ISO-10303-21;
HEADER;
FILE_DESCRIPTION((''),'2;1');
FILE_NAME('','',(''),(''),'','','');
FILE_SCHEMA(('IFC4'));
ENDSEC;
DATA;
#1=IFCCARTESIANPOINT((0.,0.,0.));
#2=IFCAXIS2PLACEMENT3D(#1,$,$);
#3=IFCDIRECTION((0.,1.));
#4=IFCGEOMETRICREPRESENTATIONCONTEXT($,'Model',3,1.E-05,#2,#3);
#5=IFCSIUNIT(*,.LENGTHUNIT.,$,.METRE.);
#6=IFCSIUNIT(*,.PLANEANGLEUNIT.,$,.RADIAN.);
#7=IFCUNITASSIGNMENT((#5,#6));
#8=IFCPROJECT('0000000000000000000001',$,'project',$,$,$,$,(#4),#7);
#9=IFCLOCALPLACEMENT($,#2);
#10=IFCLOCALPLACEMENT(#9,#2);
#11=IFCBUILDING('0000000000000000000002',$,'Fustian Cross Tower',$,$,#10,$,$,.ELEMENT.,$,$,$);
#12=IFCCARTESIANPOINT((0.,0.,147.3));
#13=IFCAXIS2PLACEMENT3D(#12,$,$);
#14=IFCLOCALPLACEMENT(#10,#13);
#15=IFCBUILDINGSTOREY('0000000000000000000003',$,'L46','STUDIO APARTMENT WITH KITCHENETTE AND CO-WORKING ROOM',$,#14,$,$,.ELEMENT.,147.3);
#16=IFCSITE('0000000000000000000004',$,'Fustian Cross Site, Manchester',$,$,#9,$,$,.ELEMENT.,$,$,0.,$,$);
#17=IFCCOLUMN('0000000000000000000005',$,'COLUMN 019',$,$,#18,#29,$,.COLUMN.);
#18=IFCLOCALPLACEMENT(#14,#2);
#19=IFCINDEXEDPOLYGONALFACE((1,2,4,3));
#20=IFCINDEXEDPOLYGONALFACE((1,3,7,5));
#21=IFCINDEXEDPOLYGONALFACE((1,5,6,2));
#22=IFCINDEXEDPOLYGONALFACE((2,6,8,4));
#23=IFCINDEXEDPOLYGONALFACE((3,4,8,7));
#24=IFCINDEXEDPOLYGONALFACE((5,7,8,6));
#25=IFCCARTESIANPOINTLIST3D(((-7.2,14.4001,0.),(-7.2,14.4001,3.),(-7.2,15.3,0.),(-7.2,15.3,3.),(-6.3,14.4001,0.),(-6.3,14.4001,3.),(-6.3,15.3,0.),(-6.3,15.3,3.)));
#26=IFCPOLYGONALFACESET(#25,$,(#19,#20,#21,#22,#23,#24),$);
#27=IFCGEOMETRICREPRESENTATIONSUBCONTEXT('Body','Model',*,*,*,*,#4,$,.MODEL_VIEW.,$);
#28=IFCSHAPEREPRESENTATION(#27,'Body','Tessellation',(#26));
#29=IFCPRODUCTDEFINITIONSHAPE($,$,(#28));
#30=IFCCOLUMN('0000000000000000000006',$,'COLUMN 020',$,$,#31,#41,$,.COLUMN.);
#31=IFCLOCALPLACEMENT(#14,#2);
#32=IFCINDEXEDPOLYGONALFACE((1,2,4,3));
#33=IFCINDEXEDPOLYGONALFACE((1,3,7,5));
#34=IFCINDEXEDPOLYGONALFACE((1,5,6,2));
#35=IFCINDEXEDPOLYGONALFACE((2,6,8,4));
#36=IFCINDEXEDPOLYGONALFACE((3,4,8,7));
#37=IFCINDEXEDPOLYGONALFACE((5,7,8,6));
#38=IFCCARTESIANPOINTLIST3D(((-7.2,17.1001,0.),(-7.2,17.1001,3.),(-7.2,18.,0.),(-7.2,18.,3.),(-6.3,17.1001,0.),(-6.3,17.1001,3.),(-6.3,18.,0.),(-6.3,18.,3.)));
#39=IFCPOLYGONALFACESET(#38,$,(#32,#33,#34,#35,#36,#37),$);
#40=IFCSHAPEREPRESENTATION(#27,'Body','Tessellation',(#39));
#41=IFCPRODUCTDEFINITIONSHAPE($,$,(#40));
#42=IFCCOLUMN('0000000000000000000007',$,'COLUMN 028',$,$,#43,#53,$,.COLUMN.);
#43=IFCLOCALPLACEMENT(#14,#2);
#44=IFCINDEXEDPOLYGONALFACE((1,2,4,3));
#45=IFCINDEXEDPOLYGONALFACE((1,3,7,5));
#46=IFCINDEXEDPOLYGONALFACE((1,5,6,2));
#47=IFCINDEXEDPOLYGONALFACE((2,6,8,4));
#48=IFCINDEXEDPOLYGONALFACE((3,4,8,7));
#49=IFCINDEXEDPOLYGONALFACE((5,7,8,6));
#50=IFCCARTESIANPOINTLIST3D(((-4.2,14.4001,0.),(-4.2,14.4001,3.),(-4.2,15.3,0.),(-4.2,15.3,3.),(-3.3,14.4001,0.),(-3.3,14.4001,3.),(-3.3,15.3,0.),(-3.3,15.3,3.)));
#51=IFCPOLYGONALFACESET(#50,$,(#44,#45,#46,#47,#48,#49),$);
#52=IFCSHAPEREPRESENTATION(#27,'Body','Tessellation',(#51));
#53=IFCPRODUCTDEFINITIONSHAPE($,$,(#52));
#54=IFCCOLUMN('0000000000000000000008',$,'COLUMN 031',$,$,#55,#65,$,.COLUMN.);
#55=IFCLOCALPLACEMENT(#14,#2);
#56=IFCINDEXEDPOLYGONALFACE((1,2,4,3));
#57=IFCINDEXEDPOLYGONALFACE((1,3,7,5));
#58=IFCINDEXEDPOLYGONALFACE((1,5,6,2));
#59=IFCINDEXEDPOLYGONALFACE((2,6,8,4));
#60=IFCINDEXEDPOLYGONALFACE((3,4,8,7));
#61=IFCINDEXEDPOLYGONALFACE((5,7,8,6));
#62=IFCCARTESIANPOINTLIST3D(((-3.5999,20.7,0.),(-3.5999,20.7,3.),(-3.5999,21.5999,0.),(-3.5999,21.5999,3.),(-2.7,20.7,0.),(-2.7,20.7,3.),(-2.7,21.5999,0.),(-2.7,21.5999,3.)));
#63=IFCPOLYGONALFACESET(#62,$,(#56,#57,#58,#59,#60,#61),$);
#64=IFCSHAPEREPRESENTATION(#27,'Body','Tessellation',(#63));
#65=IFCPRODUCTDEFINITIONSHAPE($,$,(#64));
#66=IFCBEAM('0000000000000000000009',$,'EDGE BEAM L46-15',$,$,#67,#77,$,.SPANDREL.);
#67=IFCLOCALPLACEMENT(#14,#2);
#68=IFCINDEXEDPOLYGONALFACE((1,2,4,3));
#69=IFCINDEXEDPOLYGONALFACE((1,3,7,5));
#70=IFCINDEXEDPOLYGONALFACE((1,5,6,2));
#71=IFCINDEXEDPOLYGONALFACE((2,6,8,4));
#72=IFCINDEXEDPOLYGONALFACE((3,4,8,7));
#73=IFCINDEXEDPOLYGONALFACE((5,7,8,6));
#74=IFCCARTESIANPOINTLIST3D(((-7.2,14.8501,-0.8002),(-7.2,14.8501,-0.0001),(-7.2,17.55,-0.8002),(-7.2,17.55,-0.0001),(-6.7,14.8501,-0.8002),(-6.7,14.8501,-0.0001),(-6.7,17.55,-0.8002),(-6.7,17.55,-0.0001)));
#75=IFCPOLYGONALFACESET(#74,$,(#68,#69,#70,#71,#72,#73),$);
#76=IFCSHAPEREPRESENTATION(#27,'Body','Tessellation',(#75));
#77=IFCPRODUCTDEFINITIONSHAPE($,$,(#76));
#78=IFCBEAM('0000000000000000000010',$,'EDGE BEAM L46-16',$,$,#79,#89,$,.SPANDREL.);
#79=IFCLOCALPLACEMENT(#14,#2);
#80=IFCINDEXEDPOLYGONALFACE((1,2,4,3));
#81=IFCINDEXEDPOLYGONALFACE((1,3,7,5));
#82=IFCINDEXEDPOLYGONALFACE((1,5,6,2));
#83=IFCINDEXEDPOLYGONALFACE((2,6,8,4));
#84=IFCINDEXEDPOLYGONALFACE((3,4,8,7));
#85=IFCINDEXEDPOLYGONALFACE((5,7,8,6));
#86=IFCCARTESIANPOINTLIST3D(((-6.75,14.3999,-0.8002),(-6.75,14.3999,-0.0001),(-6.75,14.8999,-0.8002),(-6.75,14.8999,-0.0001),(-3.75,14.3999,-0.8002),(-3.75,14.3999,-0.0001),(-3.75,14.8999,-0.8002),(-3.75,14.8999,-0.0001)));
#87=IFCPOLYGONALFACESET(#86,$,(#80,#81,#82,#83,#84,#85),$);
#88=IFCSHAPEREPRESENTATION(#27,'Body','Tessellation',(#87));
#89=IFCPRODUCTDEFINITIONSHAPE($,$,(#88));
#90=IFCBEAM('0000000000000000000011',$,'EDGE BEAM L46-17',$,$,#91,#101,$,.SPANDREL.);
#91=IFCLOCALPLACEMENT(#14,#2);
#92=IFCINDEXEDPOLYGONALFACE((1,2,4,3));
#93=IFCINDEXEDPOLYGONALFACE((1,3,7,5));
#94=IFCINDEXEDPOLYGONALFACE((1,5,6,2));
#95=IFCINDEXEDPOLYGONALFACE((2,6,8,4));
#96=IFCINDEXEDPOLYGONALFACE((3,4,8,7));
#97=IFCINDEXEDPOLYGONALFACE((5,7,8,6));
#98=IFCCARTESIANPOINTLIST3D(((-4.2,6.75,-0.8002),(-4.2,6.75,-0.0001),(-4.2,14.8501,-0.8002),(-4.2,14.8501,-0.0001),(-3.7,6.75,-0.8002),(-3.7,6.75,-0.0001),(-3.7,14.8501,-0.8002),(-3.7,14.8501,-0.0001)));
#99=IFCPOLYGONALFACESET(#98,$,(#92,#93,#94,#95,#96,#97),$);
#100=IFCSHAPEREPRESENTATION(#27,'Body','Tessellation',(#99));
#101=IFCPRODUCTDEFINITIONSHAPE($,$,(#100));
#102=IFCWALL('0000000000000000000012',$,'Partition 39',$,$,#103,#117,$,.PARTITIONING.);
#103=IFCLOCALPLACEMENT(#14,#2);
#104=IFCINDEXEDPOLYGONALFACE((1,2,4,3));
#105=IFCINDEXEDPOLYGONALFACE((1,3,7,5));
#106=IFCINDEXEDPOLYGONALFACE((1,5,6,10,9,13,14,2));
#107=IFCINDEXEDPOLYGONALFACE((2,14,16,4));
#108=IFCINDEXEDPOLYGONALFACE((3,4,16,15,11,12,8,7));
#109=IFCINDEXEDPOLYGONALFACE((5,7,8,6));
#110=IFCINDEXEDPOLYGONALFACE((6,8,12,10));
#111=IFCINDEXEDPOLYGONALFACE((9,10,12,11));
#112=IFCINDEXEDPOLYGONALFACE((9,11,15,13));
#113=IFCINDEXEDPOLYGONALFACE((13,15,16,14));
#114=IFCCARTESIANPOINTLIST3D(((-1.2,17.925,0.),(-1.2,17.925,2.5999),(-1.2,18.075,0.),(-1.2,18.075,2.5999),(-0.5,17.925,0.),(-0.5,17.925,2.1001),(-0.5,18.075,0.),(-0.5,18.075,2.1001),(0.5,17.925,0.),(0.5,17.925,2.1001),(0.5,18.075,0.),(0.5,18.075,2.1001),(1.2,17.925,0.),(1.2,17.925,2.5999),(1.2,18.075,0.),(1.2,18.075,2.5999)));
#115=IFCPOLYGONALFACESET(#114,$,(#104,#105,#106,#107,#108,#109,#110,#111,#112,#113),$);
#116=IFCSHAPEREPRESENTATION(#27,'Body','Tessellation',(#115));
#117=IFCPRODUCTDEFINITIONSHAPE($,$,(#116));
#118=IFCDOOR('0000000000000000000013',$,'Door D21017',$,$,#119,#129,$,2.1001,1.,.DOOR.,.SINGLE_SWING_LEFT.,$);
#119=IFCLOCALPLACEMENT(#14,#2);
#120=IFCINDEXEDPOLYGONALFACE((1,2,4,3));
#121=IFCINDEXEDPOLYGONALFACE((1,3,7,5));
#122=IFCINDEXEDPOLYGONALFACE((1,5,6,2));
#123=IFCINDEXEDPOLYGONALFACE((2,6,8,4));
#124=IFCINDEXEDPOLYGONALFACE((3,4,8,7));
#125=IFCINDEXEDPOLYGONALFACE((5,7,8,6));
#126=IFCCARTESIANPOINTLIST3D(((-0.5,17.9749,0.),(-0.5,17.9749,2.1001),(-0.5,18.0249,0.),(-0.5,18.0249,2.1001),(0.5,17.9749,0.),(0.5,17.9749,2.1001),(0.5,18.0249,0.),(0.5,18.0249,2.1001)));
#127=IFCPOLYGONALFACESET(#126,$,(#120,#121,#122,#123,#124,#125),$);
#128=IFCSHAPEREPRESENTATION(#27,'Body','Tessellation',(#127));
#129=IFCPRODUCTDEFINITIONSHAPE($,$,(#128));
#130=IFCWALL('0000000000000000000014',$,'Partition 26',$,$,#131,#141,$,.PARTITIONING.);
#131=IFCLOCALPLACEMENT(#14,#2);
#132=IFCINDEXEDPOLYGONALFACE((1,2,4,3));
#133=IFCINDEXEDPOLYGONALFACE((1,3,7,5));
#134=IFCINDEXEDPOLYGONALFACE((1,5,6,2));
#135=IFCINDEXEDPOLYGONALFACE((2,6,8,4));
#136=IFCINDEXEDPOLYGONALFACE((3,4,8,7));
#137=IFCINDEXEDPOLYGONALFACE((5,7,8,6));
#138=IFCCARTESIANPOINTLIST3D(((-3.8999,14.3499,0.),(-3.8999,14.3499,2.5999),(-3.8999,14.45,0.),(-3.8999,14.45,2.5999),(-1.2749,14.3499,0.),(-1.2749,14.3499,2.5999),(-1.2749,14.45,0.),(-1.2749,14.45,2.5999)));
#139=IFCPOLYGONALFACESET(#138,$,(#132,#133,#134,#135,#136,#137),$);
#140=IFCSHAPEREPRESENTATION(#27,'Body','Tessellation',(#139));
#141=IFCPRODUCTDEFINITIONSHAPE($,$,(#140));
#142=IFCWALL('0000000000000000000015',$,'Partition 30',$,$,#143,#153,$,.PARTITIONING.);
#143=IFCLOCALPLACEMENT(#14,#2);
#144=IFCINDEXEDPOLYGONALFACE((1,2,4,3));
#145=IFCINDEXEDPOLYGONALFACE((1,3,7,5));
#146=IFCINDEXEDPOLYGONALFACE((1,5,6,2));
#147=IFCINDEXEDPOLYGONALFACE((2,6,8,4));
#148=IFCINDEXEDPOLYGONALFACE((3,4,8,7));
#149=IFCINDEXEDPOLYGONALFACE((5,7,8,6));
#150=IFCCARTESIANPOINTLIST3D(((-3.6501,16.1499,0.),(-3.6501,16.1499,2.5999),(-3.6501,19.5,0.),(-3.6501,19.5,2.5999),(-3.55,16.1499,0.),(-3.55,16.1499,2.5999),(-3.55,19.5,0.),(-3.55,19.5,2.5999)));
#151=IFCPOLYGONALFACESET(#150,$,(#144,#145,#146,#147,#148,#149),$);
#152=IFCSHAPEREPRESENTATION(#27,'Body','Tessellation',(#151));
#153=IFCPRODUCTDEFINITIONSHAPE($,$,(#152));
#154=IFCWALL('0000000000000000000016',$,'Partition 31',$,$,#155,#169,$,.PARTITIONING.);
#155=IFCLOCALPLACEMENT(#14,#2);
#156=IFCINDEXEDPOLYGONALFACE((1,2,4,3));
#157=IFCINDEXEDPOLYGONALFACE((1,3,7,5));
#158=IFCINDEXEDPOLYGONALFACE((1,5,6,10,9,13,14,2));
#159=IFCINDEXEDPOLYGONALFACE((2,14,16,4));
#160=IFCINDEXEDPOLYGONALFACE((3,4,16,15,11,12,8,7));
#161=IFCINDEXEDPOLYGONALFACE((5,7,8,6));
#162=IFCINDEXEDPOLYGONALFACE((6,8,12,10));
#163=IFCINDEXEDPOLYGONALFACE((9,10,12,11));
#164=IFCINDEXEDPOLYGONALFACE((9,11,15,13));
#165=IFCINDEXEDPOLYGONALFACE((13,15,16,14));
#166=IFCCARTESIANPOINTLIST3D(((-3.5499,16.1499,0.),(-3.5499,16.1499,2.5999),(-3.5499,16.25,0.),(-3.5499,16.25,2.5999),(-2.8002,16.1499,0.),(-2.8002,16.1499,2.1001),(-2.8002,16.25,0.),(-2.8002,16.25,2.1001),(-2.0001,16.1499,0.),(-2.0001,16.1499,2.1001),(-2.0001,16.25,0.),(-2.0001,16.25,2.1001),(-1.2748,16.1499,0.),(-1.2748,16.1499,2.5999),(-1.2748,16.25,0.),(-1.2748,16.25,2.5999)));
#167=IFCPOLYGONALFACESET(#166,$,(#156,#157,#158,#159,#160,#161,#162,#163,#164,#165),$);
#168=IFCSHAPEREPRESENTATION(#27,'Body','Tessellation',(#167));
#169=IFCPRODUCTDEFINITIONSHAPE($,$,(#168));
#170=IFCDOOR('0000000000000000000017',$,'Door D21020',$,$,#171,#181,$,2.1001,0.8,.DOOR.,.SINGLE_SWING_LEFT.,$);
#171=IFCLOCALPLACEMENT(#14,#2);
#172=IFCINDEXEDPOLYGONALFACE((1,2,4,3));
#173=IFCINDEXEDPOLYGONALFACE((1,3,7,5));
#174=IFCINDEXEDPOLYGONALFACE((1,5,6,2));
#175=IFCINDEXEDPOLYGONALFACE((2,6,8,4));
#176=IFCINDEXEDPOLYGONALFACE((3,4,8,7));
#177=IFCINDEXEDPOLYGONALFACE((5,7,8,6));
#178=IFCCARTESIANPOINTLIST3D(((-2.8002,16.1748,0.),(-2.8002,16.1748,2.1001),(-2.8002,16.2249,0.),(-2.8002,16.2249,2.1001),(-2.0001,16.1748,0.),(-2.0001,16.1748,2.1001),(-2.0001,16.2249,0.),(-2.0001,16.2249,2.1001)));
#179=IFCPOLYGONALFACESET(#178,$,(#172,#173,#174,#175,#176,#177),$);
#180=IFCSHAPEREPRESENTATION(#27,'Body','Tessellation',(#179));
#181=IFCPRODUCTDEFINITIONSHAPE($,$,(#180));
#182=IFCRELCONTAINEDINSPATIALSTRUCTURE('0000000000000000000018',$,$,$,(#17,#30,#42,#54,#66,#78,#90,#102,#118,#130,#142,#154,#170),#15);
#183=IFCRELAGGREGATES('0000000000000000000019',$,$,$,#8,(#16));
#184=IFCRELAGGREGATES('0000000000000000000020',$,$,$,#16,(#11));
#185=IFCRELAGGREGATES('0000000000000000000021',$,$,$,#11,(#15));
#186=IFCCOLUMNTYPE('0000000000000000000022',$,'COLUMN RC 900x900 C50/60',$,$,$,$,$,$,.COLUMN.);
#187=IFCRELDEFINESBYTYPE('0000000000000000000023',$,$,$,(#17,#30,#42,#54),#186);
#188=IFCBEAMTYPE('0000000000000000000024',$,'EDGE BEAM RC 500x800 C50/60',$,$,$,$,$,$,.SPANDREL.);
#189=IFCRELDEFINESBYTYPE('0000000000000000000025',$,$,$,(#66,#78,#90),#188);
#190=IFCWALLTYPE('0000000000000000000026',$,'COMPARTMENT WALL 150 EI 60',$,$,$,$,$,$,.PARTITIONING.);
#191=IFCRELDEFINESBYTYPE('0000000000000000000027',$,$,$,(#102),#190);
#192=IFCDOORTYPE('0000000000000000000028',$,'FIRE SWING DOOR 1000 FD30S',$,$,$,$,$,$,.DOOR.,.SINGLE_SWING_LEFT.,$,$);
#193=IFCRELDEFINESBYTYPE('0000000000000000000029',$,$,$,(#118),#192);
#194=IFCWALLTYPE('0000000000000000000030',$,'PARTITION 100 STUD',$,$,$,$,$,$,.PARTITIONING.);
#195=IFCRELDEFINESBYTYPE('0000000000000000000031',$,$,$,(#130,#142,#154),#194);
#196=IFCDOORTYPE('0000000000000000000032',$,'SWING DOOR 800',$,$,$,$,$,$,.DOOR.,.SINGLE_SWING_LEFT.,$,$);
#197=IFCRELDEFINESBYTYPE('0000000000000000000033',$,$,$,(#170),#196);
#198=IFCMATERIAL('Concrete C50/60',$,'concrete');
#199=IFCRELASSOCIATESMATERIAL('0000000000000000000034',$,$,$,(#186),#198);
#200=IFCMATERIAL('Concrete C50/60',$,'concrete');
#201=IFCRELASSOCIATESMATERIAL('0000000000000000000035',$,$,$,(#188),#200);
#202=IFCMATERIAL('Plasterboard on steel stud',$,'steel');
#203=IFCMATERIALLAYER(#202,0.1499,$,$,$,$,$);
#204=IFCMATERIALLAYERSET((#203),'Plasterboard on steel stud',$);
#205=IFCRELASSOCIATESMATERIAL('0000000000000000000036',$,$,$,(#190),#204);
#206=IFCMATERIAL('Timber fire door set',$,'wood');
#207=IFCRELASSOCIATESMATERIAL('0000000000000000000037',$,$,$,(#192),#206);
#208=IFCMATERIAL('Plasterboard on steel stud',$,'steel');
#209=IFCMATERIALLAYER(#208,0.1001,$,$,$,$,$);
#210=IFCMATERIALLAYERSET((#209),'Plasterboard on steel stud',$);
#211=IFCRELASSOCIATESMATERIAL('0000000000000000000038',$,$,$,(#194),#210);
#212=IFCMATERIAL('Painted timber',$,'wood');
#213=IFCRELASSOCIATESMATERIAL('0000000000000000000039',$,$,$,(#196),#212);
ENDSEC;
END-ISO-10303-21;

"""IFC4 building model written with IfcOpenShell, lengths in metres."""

from ifc_helpers import new_model, si_unit, direction, frame, frame_2d, origin, origin_2d, place, context, subcontext, project, spatial, rectangle, extrude, material, layer, layer_set, material_profile, profile_set, type_object, element, fill, save


model = new_model("IFC4")

# Units and contexts
model_context = context("Model", 3, precision=1e-05, world=origin(), true_north=direction((0.0, 1.0)))
body_context = subcontext(model_context, "Body", "Model", "MODEL_VIEW")
ifc_project = project(units=[si_unit("LENGTHUNIT", "METRE"), si_unit("PLANEANGLEUNIT", "RADIAN")], contexts=[model_context])

# Site, building, storey
site_placement = place(None, origin())
site = spatial("IfcSite", under=ifc_project, at=site_placement, Name="Fustian Cross Site, Manchester", CompositionType="ELEMENT", RefElevation=0.0)
building_placement = place(site_placement, origin())
building = spatial("IfcBuilding", under=site, at=building_placement, Name="Fustian Cross Tower", CompositionType="ELEMENT")
storey_placement = place(building_placement, frame((0.0, 0.0, 147.3)))
storey = spatial("IfcBuildingStorey", under=building, at=storey_placement, Name="L46", Description="STUDIO APARTMENT WITH KITCHENETTE AND CO-WORKING ROOM", CompositionType="ELEMENT", Elevation=147.3)

# Columns
ifc_material_1 = material(Name="Concrete C50/60", Category="concrete")
ifc_material_profile_1 = material_profile(ifc_material_1, rectangle(XDim=0.8999, YDim=0.8999, at=origin_2d()), Name="RC 900x900")
ifc_profile_set_1 = profile_set([ifc_material_profile_1], Name="Concrete C50/60")
column_type = type_object("IfcColumnType", Name="COLUMN RC 900x900 C50/60", PredefinedType="COLUMN", material=ifc_profile_set_1)
for number, where, z_axis, x_axis, name in (
    (1, (-6.75, 14.8501, 0.0), (0.0, 0.0, 1.0), (1.0, 0.0, 0.0), "COLUMN 019"),
    (2, (-6.75, 17.55, 0.0), (0.0, 0.0, 1.0), (1.0, 0.0, 0.0), "COLUMN 020"),
    (3, (-3.75, 14.8501, 0.0), (0.0, 0.0, 1.0), (1.0, 0.0, 0.0), "COLUMN 028"),
    (4, (-3.1499, 21.1499, 0.0), (0.0, 0.0, 1.0), (1.0, 0.0, 0.0), "COLUMN 031"),
):
    element("IfcColumn", number, at=place(storey_placement, frame(where, z_axis=z_axis, x_axis=x_axis)), inside=storey, type_object=column_type, Name=name, PredefinedType="COLUMN", context=body_context, shape_type="SweptSolid", body=[
        extrude(rectangle(XDim=0.8999, YDim=0.8999, at=origin_2d()), origin(), (0.0, 0.0, 1.0), 3.0),
    ])

# Beams
ifc_material_2 = material(Name="Concrete C50/60", Category="concrete")
ifc_material_profile_2 = material_profile(ifc_material_2, rectangle(XDim=0.5, YDim=0.8, at=origin_2d()), Name="RC 500x800")
ifc_profile_set_2 = profile_set([ifc_material_profile_2], Name="Concrete C50/60")
beam_type = type_object("IfcBeamType", Name="EDGE BEAM RC 500x800 C50/60", PredefinedType="SPANDREL", material=ifc_profile_set_2)
beam_1_placement = place(storey_placement, frame((-6.95, 17.55, -0.4001), z_axis=(0.0, -1.0, 0.0), x_axis=(1.0, 0.0, 0.0)))
element("IfcBeam", 5, at=beam_1_placement, inside=storey, type_object=beam_type, Name="EDGE BEAM L46-15", PredefinedType="SPANDREL", context=body_context, shape_type="SweptSolid", body=[
    extrude(rectangle(XDim=0.5, YDim=0.8, at=origin_2d()), origin(), (0.0, 0.0, 1.0), 2.7),
])
beam_2_placement = place(storey_placement, frame((-6.75, 14.6499, -0.4001), z_axis=(1.0, 0.0, 0.0), x_axis=(0.0, 1.0, 0.0)))
element("IfcBeam", 6, at=beam_2_placement, inside=storey, type_object=beam_type, Name="EDGE BEAM L46-16", PredefinedType="SPANDREL", context=body_context, shape_type="SweptSolid", body=[
    extrude(rectangle(XDim=0.5, YDim=0.8, at=origin_2d()), origin(), (0.0, 0.0, 1.0), 3.0),
])
beam_3_placement = place(storey_placement, frame((-3.95, 14.8501, -0.4001), z_axis=(0.0, -1.0, 0.0), x_axis=(1.0, 0.0, 0.0)))
element("IfcBeam", 7, at=beam_3_placement, inside=storey, type_object=beam_type, Name="EDGE BEAM L46-17", PredefinedType="SPANDREL", context=body_context, shape_type="SweptSolid", body=[
    extrude(rectangle(XDim=0.5, YDim=0.8, at=origin_2d()), origin(), (0.0, 0.0, 1.0), 8.1001),
])

# Wall, opening, door
ifc_material_3 = material(Name="Plasterboard on steel stud", Category="steel")
ifc_layer_1 = layer(ifc_material_3, 0.1499)
ifc_layer_set_1 = layer_set([ifc_layer_1], Name="Plasterboard on steel stud")
wall_type_1 = type_object("IfcWallType", Name="COMPARTMENT WALL 150 EI 60", PredefinedType="PARTITIONING", material=ifc_layer_set_1)
wall_1_placement = place(storey_placement, frame((-1.2, 18.0, 0.0), z_axis=(0.0, 0.0, 1.0), x_axis=(1.0, 0.0, 0.0)))
wall_1 = element("IfcWall", 8, at=wall_1_placement, inside=storey, type_object=wall_type_1, Name="Partition 39", PredefinedType="PARTITIONING", context=body_context, shape_type="SweptSolid", body=[
    extrude(rectangle(XDim=2.3999, YDim=0.1499, at=frame_2d((1.2, 0.0))), origin(), (0.0, 0.0, 1.0), 2.5999),
])
opening_1_placement = place(wall_1_placement, frame((0.7, 0.0, 0.0)))
opening_1 = element("IfcOpeningElement", 9, at=opening_1_placement, cuts=wall_1, PredefinedType="OPENING", context=body_context, shape_type="SweptSolid", body=[
    extrude(rectangle(XDim=1.0, YDim=2.1001, at=frame_2d((0.5, 1.05))), frame((0.0, 0.085, 0.0), z_axis=(0.0, -1.0, 0.0), x_axis=(1.0, 0.0, 0.0)), (0.0, 0.0, 1.0), 0.1699),
])
ifc_material_4 = material(Name="Timber fire door set", Category="wood")
door_type_1 = type_object("IfcDoorType", Name="FIRE SWING DOOR 1000 FD30S", OperationType="SINGLE_SWING_LEFT", PredefinedType="DOOR", material=ifc_material_4)
door_1_placement = place(opening_1_placement, origin())
door_1 = element("IfcDoor", 10, at=door_1_placement, inside=storey, type_object=door_type_1, Name="Door D21017", OperationType="SINGLE_SWING_LEFT", OverallHeight=2.1001, OverallWidth=1.0, PredefinedType="DOOR", context=body_context, shape_type="SweptSolid", body=[
    extrude(rectangle(XDim=1.0, YDim=2.1001, at=frame_2d((0.5, 1.05))), frame((0.0, 0.0249, 0.0), z_axis=(0.0, -1.0, 0.0), x_axis=(1.0, 0.0, 0.0)), (0.0, 0.0, 1.0), 0.05),
])
fill(opening_1, door_1)

# Walls
ifc_material_5 = material(Name="Plasterboard on steel stud", Category="steel")
ifc_layer_2 = layer(ifc_material_5, 0.1001)
ifc_layer_set_2 = layer_set([ifc_layer_2], Name="Plasterboard on steel stud")
wall_type_2 = type_object("IfcWallType", Name="PARTITION 100 STUD", PredefinedType="PARTITIONING", material=ifc_layer_set_2)
wall_2_placement = place(storey_placement, frame((-3.8999, 14.3999, 0.0), z_axis=(0.0, 0.0, 1.0), x_axis=(1.0, 0.0, 0.0)))
element("IfcWall", 11, at=wall_2_placement, inside=storey, type_object=wall_type_2, Name="Partition 26", PredefinedType="PARTITIONING", context=body_context, shape_type="SweptSolid", body=[
    extrude(rectangle(XDim=2.625, YDim=0.1001, at=frame_2d((1.3125, 0.0))), origin(), (0.0, 0.0, 1.0), 2.5999),
])
wall_3_placement = place(storey_placement, frame((-3.6001, 16.1499, 0.0), z_axis=(0.0, 0.0, 1.0), x_axis=(0.0, 1.0, 0.0)))
element("IfcWall", 12, at=wall_3_placement, inside=storey, type_object=wall_type_2, Name="Partition 30", PredefinedType="PARTITIONING", context=body_context, shape_type="SweptSolid", body=[
    extrude(rectangle(XDim=3.3501, YDim=0.1001, at=frame_2d((1.675, 0.0))), origin(), (0.0, 0.0, 1.0), 2.5999),
])

# Wall, opening, door
wall_4_placement = place(storey_placement, frame((-3.55, 16.2, 0.0), z_axis=(0.0, 0.0, 1.0), x_axis=(1.0, 0.0, 0.0)))
wall_4 = element("IfcWall", 13, at=wall_4_placement, inside=storey, type_object=wall_type_2, Name="Partition 31", PredefinedType="PARTITIONING", context=body_context, shape_type="SweptSolid", body=[
    extrude(rectangle(XDim=2.2751, YDim=0.1001, at=frame_2d((1.1377, 0.0))), origin(), (0.0, 0.0, 1.0), 2.5999),
])
opening_2_placement = place(wall_4_placement, frame((0.75, 0.0, 0.0)))
opening_2 = element("IfcOpeningElement", 14, at=opening_2_placement, cuts=wall_4, PredefinedType="OPENING", context=body_context, shape_type="SweptSolid", body=[
    extrude(rectangle(XDim=0.8, YDim=2.1001, at=frame_2d((0.3999, 1.05))), frame((0.0, 0.0601, 0.0), z_axis=(0.0, -1.0, 0.0), x_axis=(1.0, 0.0, 0.0)), (0.0, 0.0, 1.0), 0.1201),
])
ifc_material_6 = material(Name="Painted timber", Category="wood")
door_type_2 = type_object("IfcDoorType", Name="SWING DOOR 800", OperationType="SINGLE_SWING_LEFT", PredefinedType="DOOR", material=ifc_material_6)
door_2_placement = place(opening_2_placement, origin())
door_2 = element("IfcDoor", 15, at=door_2_placement, inside=storey, type_object=door_type_2, Name="Door D21020", OperationType="SINGLE_SWING_LEFT", OverallHeight=2.1001, OverallWidth=0.8, PredefinedType="DOOR", context=body_context, shape_type="SweptSolid", body=[
    extrude(rectangle(XDim=0.8, YDim=2.1001, at=frame_2d((0.3999, 1.05))), frame((0.0, 0.0249, 0.0), z_axis=(0.0, -1.0, 0.0), x_axis=(1.0, 0.0, 0.0)), (0.0, 0.0, 1.0), 0.05),
])
fill(opening_2, door_2)

save(model, "model.ifc")
